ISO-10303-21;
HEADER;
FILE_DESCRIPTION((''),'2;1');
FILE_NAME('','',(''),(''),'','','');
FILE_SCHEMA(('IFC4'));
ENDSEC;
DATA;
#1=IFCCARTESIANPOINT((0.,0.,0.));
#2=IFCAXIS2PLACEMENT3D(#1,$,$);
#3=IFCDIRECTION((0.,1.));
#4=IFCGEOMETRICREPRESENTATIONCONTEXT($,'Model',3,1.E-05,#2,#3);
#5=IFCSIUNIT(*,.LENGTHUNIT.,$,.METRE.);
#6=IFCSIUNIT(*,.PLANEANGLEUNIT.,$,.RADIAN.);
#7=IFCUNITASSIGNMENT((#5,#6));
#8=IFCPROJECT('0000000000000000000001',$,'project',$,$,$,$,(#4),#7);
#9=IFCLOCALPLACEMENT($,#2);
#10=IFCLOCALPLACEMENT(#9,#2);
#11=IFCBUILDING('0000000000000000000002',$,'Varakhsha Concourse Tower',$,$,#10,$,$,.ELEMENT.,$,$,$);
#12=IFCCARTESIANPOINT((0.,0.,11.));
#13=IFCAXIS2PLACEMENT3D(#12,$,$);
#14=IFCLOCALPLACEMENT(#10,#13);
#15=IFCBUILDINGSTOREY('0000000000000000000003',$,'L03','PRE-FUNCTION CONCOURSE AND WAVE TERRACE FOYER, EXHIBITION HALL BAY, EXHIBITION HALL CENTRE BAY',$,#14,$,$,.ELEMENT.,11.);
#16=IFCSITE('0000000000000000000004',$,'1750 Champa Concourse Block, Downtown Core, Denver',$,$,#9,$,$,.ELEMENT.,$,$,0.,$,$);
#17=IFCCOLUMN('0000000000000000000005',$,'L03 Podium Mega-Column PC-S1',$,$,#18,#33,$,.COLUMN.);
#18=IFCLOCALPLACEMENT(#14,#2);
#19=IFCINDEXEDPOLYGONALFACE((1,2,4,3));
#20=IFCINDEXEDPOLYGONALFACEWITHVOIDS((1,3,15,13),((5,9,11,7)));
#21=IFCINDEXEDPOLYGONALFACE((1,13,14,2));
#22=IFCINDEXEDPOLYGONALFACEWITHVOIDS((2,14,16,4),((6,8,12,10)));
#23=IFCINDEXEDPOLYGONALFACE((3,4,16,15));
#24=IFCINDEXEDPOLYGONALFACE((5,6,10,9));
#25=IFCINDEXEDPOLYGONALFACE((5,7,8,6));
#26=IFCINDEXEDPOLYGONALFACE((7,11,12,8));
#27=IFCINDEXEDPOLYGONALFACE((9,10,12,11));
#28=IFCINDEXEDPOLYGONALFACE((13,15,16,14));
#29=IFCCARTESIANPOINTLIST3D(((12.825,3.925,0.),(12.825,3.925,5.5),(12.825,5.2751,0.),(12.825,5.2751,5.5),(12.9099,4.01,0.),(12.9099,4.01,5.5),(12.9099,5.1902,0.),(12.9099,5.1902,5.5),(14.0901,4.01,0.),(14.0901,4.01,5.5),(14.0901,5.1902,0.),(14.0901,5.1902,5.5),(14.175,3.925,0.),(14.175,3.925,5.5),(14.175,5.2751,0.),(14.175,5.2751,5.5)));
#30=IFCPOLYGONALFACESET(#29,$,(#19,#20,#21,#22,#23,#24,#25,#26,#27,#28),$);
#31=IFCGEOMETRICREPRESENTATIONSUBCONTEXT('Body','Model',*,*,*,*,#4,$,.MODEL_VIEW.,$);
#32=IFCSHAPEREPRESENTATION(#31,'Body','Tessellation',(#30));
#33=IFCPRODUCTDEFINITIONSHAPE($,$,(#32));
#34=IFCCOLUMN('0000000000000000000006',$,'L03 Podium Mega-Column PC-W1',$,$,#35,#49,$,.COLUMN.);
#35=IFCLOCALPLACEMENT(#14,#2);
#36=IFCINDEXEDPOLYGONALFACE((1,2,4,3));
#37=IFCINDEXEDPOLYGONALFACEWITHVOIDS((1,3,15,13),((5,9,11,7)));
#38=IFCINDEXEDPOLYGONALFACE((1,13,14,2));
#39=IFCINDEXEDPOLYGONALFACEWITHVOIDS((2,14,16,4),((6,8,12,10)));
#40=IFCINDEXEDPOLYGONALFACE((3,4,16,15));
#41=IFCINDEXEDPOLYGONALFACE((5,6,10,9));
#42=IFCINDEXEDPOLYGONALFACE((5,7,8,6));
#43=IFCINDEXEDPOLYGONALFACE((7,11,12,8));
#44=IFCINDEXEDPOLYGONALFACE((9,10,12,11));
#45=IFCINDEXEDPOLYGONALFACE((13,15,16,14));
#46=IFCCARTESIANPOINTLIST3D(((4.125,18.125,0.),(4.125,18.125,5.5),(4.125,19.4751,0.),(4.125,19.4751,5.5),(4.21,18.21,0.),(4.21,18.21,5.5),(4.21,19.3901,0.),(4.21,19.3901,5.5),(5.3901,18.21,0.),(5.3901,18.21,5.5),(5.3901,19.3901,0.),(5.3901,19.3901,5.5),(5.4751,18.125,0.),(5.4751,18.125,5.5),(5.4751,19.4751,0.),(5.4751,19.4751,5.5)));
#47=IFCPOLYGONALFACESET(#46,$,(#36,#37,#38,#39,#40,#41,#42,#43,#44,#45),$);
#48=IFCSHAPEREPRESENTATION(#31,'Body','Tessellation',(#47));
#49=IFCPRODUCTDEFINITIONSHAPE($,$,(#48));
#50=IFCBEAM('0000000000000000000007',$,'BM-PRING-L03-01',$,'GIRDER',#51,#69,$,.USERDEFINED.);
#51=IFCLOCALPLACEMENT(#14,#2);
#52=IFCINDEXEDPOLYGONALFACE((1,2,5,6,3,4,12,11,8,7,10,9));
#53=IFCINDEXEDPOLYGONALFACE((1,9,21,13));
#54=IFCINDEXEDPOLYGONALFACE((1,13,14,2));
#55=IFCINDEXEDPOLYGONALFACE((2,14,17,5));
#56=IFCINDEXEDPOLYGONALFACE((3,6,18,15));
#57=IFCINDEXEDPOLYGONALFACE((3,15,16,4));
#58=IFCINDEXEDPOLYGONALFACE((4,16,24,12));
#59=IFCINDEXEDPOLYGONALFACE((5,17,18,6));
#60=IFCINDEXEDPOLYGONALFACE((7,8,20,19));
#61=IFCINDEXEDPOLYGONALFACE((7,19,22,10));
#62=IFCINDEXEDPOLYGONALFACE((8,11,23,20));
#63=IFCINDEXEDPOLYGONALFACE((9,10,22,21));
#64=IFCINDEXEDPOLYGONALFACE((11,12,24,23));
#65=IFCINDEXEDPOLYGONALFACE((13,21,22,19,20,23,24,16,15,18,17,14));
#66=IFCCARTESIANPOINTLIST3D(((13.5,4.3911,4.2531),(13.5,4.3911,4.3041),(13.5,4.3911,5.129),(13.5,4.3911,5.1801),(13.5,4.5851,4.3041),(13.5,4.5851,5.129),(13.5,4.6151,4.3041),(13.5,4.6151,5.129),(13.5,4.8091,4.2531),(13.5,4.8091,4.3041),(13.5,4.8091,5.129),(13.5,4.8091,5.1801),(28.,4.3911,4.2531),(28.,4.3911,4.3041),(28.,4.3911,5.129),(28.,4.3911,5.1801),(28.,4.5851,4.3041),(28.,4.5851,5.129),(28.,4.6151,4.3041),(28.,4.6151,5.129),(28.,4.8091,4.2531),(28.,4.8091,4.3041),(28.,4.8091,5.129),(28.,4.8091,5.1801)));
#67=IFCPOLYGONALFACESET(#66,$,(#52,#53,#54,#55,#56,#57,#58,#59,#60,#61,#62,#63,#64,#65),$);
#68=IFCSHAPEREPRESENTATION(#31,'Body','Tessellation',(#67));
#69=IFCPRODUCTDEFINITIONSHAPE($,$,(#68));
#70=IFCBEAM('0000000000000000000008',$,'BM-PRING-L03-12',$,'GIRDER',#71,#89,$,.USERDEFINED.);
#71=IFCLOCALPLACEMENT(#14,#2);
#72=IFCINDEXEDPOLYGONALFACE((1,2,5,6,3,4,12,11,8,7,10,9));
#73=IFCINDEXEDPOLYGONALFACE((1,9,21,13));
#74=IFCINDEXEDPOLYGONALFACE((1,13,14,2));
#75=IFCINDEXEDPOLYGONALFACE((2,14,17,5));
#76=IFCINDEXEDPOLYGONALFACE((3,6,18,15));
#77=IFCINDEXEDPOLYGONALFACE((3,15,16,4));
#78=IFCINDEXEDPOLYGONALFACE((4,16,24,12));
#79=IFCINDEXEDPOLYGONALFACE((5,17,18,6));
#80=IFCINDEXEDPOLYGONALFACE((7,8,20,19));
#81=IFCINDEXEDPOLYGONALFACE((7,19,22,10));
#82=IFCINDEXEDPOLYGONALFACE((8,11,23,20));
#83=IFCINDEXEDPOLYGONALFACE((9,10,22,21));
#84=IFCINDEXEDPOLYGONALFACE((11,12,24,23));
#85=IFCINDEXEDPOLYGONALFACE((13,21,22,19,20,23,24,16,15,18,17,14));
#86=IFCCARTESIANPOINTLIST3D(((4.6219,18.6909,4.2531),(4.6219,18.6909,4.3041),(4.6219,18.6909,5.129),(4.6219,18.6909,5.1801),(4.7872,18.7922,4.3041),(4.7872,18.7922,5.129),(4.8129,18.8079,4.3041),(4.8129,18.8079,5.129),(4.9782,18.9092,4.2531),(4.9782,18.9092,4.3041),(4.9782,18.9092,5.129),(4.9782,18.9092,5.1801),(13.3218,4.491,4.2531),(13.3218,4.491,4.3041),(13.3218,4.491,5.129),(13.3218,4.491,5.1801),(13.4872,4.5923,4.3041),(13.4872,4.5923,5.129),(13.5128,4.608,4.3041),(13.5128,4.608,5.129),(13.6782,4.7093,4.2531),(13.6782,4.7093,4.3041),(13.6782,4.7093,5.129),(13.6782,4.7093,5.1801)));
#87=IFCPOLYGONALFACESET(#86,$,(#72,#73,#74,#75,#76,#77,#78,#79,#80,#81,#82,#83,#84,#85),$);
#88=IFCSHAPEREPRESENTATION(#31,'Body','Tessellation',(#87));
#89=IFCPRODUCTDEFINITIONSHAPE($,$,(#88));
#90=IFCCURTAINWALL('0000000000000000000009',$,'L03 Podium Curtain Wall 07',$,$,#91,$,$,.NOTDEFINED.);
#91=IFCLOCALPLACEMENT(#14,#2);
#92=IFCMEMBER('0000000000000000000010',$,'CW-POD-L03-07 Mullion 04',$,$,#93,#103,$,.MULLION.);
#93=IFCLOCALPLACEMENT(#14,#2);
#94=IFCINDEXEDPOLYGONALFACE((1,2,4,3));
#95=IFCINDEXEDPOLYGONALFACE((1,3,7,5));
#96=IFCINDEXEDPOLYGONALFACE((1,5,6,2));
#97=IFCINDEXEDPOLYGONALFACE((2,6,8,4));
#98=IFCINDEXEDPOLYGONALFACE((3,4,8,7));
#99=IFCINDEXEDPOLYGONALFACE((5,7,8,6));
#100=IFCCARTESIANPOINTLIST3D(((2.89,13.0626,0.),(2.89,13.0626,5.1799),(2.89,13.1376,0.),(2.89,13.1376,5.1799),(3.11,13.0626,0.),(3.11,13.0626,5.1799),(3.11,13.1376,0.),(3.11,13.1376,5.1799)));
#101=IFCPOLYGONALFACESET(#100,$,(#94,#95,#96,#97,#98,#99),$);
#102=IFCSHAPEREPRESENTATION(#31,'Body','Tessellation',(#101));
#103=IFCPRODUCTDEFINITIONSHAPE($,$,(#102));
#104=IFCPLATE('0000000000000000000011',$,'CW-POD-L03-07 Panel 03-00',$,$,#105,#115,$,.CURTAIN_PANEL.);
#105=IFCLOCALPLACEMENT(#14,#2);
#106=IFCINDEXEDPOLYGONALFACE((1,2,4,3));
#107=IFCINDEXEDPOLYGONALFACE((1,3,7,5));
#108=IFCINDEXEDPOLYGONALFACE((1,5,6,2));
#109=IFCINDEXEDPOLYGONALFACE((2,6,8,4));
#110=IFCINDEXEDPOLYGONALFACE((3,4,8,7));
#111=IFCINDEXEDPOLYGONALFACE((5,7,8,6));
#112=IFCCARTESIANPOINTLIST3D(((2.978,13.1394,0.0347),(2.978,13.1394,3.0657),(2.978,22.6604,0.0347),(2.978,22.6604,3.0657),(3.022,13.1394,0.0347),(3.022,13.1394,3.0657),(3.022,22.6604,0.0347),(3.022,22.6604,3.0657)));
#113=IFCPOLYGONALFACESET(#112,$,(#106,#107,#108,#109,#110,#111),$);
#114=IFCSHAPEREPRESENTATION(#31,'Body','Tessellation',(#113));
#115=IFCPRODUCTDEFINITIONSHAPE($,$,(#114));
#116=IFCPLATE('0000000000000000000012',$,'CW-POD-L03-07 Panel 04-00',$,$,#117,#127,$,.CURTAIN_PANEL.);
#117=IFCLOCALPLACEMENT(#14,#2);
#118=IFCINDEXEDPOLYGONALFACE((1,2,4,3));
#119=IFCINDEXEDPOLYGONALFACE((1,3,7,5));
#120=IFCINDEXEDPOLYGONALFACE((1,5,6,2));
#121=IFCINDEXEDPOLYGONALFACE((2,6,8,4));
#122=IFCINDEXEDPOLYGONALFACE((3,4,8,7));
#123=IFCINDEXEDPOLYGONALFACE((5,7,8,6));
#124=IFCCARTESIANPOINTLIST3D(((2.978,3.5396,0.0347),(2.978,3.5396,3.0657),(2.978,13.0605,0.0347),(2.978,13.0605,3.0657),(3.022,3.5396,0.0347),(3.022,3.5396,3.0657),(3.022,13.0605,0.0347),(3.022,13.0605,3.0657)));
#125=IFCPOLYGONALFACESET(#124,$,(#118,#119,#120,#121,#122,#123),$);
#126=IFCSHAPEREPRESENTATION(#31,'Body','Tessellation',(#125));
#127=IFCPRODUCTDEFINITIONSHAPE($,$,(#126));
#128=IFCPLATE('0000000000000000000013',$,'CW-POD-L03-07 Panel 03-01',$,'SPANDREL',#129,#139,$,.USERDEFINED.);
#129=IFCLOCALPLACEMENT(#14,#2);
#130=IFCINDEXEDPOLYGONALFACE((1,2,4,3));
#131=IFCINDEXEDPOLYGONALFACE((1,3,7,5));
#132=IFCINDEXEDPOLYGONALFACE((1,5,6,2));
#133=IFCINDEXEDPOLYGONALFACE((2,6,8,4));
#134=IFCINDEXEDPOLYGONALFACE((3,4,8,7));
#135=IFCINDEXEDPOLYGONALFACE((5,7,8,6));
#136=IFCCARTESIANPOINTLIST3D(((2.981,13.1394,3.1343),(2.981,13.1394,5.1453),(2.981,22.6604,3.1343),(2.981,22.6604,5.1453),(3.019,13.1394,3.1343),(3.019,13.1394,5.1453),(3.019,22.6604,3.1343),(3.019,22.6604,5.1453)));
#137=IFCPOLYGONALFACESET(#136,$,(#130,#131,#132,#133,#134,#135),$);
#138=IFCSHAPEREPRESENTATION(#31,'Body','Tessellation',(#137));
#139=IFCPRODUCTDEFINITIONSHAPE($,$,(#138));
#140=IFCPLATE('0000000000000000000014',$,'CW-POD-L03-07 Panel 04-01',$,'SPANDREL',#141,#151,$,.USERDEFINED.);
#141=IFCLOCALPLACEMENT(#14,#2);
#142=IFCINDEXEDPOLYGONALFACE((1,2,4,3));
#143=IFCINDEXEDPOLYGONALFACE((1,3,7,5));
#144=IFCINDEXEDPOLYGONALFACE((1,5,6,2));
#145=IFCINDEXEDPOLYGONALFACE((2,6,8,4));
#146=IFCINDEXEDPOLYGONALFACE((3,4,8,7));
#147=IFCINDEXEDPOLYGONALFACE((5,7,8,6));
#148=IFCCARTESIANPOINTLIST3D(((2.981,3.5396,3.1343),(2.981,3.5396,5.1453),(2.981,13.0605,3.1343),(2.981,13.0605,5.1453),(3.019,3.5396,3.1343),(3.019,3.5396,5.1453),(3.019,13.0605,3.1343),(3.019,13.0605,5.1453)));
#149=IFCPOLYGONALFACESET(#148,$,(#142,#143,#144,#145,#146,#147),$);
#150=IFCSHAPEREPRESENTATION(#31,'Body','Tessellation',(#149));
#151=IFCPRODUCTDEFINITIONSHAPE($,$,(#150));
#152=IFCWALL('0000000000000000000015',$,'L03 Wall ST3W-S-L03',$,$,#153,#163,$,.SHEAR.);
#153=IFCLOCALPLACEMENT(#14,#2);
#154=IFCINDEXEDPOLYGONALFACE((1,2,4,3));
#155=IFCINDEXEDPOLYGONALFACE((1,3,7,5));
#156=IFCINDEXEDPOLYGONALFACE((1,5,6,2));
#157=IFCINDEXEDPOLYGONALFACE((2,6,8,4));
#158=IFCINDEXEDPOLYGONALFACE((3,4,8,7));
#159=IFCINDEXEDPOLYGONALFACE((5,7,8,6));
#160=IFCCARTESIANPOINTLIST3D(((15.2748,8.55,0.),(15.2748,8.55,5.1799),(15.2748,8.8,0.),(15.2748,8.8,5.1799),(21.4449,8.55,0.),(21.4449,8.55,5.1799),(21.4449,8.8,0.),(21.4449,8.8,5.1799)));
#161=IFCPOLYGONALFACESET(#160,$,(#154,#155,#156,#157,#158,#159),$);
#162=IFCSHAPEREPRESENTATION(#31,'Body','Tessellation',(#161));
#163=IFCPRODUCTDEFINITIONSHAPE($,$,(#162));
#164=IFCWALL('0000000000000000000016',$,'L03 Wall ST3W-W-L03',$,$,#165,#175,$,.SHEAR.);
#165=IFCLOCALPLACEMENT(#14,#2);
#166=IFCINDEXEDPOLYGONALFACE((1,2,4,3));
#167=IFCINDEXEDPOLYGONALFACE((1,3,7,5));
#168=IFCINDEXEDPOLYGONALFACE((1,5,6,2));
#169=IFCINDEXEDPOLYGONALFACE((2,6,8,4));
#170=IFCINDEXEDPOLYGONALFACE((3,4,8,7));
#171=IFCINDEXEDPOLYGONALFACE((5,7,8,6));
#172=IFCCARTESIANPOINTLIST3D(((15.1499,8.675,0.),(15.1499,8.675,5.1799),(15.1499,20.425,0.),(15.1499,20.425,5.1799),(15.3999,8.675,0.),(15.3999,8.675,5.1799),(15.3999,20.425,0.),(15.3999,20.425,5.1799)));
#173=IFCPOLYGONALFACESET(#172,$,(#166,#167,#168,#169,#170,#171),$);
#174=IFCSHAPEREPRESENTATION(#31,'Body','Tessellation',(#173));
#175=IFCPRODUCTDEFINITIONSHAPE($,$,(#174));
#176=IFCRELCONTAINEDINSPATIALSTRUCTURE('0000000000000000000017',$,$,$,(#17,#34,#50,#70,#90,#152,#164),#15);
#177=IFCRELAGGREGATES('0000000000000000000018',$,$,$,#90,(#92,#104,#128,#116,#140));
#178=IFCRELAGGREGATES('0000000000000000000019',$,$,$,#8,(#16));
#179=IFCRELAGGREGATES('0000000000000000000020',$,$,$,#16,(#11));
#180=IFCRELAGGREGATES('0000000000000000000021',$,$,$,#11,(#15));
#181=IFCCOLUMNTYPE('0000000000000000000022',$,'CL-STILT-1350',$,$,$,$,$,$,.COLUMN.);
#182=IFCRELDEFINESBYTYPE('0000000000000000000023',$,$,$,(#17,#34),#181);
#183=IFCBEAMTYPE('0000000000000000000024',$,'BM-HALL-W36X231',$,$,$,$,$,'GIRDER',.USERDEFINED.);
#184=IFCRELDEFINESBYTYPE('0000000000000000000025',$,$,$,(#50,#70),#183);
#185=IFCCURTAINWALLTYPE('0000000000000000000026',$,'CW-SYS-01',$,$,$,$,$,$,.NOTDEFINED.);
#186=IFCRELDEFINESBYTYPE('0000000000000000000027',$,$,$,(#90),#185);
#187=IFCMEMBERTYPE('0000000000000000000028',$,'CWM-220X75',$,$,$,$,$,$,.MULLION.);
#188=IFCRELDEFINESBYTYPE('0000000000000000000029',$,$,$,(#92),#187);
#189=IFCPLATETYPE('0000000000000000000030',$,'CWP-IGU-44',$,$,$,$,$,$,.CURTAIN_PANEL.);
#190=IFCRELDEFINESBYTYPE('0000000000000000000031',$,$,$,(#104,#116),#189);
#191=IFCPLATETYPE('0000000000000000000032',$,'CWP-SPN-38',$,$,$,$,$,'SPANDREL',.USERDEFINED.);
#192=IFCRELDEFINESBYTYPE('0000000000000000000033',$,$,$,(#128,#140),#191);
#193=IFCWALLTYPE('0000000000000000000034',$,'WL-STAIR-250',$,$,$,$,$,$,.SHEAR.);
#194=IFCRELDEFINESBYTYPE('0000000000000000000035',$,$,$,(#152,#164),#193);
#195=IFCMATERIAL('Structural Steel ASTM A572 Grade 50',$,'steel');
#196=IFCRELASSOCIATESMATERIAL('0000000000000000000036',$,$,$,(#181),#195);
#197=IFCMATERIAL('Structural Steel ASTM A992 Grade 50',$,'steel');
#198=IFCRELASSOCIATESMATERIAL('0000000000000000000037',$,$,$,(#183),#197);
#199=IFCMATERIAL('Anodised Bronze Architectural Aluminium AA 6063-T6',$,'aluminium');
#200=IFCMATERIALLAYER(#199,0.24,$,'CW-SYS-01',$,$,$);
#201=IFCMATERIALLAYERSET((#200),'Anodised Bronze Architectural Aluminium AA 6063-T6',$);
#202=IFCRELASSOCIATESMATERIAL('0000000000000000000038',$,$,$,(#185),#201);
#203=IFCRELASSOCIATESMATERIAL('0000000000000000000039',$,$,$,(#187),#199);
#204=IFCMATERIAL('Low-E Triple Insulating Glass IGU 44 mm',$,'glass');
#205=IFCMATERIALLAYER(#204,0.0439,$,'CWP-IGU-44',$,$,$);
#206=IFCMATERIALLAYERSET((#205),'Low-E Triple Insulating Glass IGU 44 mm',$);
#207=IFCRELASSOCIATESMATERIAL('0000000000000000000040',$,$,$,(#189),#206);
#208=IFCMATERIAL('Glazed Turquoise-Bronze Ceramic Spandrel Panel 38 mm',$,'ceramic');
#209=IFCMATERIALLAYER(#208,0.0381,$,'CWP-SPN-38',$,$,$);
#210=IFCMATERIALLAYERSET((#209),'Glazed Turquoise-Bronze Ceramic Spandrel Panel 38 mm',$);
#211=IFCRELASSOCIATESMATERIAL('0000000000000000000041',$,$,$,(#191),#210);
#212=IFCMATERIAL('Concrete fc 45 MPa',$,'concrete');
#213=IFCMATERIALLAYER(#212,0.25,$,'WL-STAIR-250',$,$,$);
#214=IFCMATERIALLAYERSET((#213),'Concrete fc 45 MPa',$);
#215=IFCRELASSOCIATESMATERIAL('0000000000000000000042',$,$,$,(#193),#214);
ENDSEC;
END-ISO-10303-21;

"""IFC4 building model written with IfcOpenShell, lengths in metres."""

from ifc_helpers import new_model, si_unit, direction, frame, frame_2d, origin, origin_2d, place, context, subcontext, project, spatial, rectangle, hollow_rectangle, i_section, extrude, source, transform, mapped, material, layer, layer_set, material_profile, profile_set, type_object, type_shapes, element, aggregate, save


model = new_model("IFC4")

# Units and contexts
model_context = context("Model", 3, precision=1e-05, world=origin(), true_north=direction((0.0, 1.0)))
body_context = subcontext(model_context, "Body", "Model", "MODEL_VIEW")
ifc_project = project(units=[si_unit("LENGTHUNIT", "METRE"), si_unit("PLANEANGLEUNIT", "RADIAN")], contexts=[model_context])

# Site, building, storey
site_placement = place(None, origin())
site = spatial("IfcSite", under=ifc_project, at=site_placement, Name="1750 Champa Concourse Block, Downtown Core, Denver", CompositionType="ELEMENT", RefElevation=0.0)
building_placement = place(site_placement, origin())
building = spatial("IfcBuilding", under=site, at=building_placement, Name="Varakhsha Concourse Tower", CompositionType="ELEMENT")
storey_placement = place(building_placement, frame((0.0, 0.0, 11.0)))
storey = spatial("IfcBuildingStorey", under=building, at=storey_placement, Name="L03", Description="PRE-FUNCTION CONCOURSE AND WAVE TERRACE FOYER, EXHIBITION HALL BAY, EXHIBITION HALL CENTRE BAY", CompositionType="ELEMENT", Elevation=11.0)

# Columns
ifc_material_1 = material(Name="Structural Steel ASTM A572 Grade 50", Category="steel")
ifc_material_profile_1 = material_profile(ifc_material_1, hollow_rectangle(XDim=1.3501, YDim=1.3501, WallThickness=0.085, at=origin_2d()), Name="BOX 1350x1350x85")
ifc_profile_set_1 = profile_set([ifc_material_profile_1], Name="Structural Steel ASTM A572 Grade 50")
column_type = type_object("IfcColumnType", Name="CL-STILT-1350", PredefinedType="COLUMN", material=ifc_profile_set_1)
for number, where, z_axis, x_axis, name in (
    (1, (13.5, 4.6001, 0.0), (0.0, 0.0, 1.0), (1.0, 0.0, 0.0), "L03 Podium Mega-Column PC-S1"),
    (2, (4.8, 18.8, 0.0), (0.0, 0.0, 1.0), (1.0, 0.0, 0.0), "L03 Podium Mega-Column PC-W1"),
):
    element("IfcColumn", number, at=place(storey_placement, frame(where, z_axis=z_axis, x_axis=x_axis)), inside=storey, type_object=column_type, Name=name, PredefinedType="COLUMN", context=body_context, shape_type="SweptSolid", body=[
        extrude(hollow_rectangle(XDim=1.3501, YDim=1.3501, WallThickness=0.085, at=origin_2d()), origin(), (0.0, 0.0, 1.0), 5.5),
    ])

# Beams
ifc_material_2 = material(Name="Structural Steel ASTM A992 Grade 50", Category="steel")
ifc_material_profile_2 = material_profile(ifc_material_2, i_section(OverallWidth=0.418, OverallDepth=0.927, WebThickness=0.03, FlangeThickness=0.051, at=origin_2d()), Name="W36X231")
ifc_profile_set_2 = profile_set([ifc_material_profile_2], Name="Structural Steel ASTM A992 Grade 50")
beam_type = type_object("IfcBeamType", Name="BM-HALL-W36X231", ElementType="GIRDER", PredefinedType="USERDEFINED", material=ifc_profile_set_2)
beam_1_placement = place(storey_placement, frame((13.5, 4.6001, 4.7166), z_axis=(1.0, 0.0, 0.0), x_axis=(0.0, 1.0, 0.0)))
element("IfcBeam", 3, at=beam_1_placement, inside=storey, type_object=beam_type, Name="BM-PRING-L03-01", ObjectType="GIRDER", PredefinedType="USERDEFINED", context=body_context, shape_type="SweptSolid", body=[
    extrude(i_section(OverallWidth=0.418, OverallDepth=0.927, WebThickness=0.03, FlangeThickness=0.051, at=origin_2d()), origin(), (0.0, 0.0, 1.0), 14.5),
])
beam_2_placement = place(storey_placement, frame((4.8, 18.8, 4.7166), z_axis=(0.52242, -0.852688, 0.0), x_axis=(0.852688, 0.52242, 0.0)))
element("IfcBeam", 4, at=beam_2_placement, inside=storey, type_object=beam_type, Name="BM-PRING-L03-12", ObjectType="GIRDER", PredefinedType="USERDEFINED", context=body_context, shape_type="SweptSolid", body=[
    extrude(i_section(OverallWidth=0.418, OverallDepth=0.927, WebThickness=0.03, FlangeThickness=0.051, at=origin_2d()), origin(), (0.0, 0.0, 1.0), 16.6531),
])

# Curtain wall, member, plates
ifc_material_3 = material(Name="Anodised Bronze Architectural Aluminium AA 6063-T6", Category="aluminium")
ifc_layer_1 = layer(ifc_material_3, 0.24, Name="CW-SYS-01")
ifc_layer_set_1 = layer_set([ifc_layer_1], Name="Anodised Bronze Architectural Aluminium AA 6063-T6")
curtain_wall_type = type_object("IfcCurtainWallType", Name="CW-SYS-01", PredefinedType="NOTDEFINED", material=ifc_layer_set_1)
curtain_wall_placement = place(storey_placement, origin())
curtain_wall = element("IfcCurtainWall", 5, at=curtain_wall_placement, inside=storey, type_object=curtain_wall_type, Name="L03 Podium Curtain Wall 07", PredefinedType="NOTDEFINED")
ifc_material_profile_3 = material_profile(ifc_material_3, rectangle(XDim=0.075, YDim=0.22, at=origin_2d()), Name="CWM-220X75")
ifc_profile_set_3 = profile_set([ifc_material_profile_3], Name="Anodised Bronze Architectural Aluminium AA 6063-T6")
member_type = type_object("IfcMemberType", Name="CWM-220X75", PredefinedType="MULLION", material=ifc_profile_set_3)
shared_shape_1 = source(origin(), body_context, "Body", "SweptSolid", [
    extrude(rectangle(XDim=0.075, YDim=0.22, at=origin_2d()), origin(), (0.0, 0.0, 1.0), 5.1799),
])
type_shapes(member_type, [shared_shape_1])
member_placement = place(storey_placement, frame((3.0, 13.1001, 0.0), z_axis=(0.0, 0.0, 1.0), x_axis=(0.0, -1.0, 0.0)))
member = element("IfcMember", 6, at=member_placement, type_object=member_type, Name="CW-POD-L03-07 Mullion 04", PredefinedType="MULLION", context=body_context, shape_type="MappedRepresentation", body=[
    mapped(shared_shape_1, transform((0.0, 0.0, 0.0), scale=1.0)),
])
ifc_material_4 = material(Name="Low-E Triple Insulating Glass IGU 44 mm", Category="glass")
ifc_layer_2 = layer(ifc_material_4, 0.0439, Name="CWP-IGU-44")
ifc_layer_set_2 = layer_set([ifc_layer_2], Name="Low-E Triple Insulating Glass IGU 44 mm")
plate_type_1 = type_object("IfcPlateType", Name="CWP-IGU-44", PredefinedType="CURTAIN_PANEL", material=ifc_layer_set_2)
shared_shape_2 = source(origin(), body_context, "Body", "SweptSolid", [
    extrude(rectangle(XDim=9.521, YDim=0.0439, at=origin_2d()), origin(), (0.0, 0.0, 1.0), 3.031),
])
type_shapes(plate_type_1, [shared_shape_2])
plate_1_placement = place(storey_placement, frame((3.0, 17.8999, 0.0347), z_axis=(0.0, 0.0, 1.0), x_axis=(0.0, -1.0, 0.0)))
plate_1 = element("IfcPlate", 7, at=plate_1_placement, type_object=plate_type_1, Name="CW-POD-L03-07 Panel 03-00", PredefinedType="CURTAIN_PANEL", context=body_context, shape_type="MappedRepresentation", body=[
    mapped(shared_shape_2, transform((0.0, 0.0, 0.0), scale=1.0)),
])
plate_2_placement = place(storey_placement, frame((3.0, 8.3, 0.0347), z_axis=(0.0, 0.0, 1.0), x_axis=(0.0, -1.0, 0.0)))
plate_2 = element("IfcPlate", 8, at=plate_2_placement, type_object=plate_type_1, Name="CW-POD-L03-07 Panel 04-00", PredefinedType="CURTAIN_PANEL", context=body_context, shape_type="MappedRepresentation", body=[
    mapped(shared_shape_2, transform((0.0, 0.0, 0.0), scale=1.0)),
])
ifc_material_5 = material(Name="Glazed Turquoise-Bronze Ceramic Spandrel Panel 38 mm", Category="ceramic")
ifc_layer_3 = layer(ifc_material_5, 0.0381, Name="CWP-SPN-38")
ifc_layer_set_3 = layer_set([ifc_layer_3], Name="Glazed Turquoise-Bronze Ceramic Spandrel Panel 38 mm")
plate_type_2 = type_object("IfcPlateType", Name="CWP-SPN-38", ElementType="SPANDREL", PredefinedType="USERDEFINED", material=ifc_layer_set_3)
shared_shape_3 = source(origin(), body_context, "Body", "SweptSolid", [
    extrude(rectangle(XDim=9.521, YDim=0.0381, at=origin_2d()), origin(), (0.0, 0.0, 1.0), 2.011),
])
type_shapes(plate_type_2, [shared_shape_3])
plate_3_placement = place(storey_placement, frame((3.0, 17.8999, 3.1343), z_axis=(0.0, 0.0, 1.0), x_axis=(0.0, -1.0, 0.0)))
plate_3 = element("IfcPlate", 9, at=plate_3_placement, type_object=plate_type_2, Name="CW-POD-L03-07 Panel 03-01", ObjectType="SPANDREL", PredefinedType="USERDEFINED", context=body_context, shape_type="MappedRepresentation", body=[
    mapped(shared_shape_3, transform((0.0, 0.0, 0.0), scale=1.0)),
])
plate_4_placement = place(storey_placement, frame((3.0, 8.3, 3.1343), z_axis=(0.0, 0.0, 1.0), x_axis=(0.0, -1.0, 0.0)))
plate_4 = element("IfcPlate", 10, at=plate_4_placement, type_object=plate_type_2, Name="CW-POD-L03-07 Panel 04-01", ObjectType="SPANDREL", PredefinedType="USERDEFINED", context=body_context, shape_type="MappedRepresentation", body=[
    mapped(shared_shape_3, transform((0.0, 0.0, 0.0), scale=1.0)),
])
aggregate(curtain_wall, [member, plate_1, plate_3, plate_2, plate_4])

# Walls
ifc_material_6 = material(Name="Concrete fc 45 MPa", Category="concrete")
ifc_layer_4 = layer(ifc_material_6, 0.25, Name="WL-STAIR-250")
ifc_layer_set_4 = layer_set([ifc_layer_4], Name="Concrete fc 45 MPa")
wall_type = type_object("IfcWallType", Name="WL-STAIR-250", PredefinedType="SHEAR", material=ifc_layer_set_4)
wall_1_placement = place(storey_placement, frame((15.2749, 8.675, 0.0), z_axis=(0.0, 0.0, 1.0), x_axis=(1.0, 0.0, 0.0)))
element("IfcWall", 11, at=wall_1_placement, inside=storey, type_object=wall_type, Name="L03 Wall ST3W-S-L03", PredefinedType="SHEAR", context=body_context, shape_type="SweptSolid", body=[
    extrude(rectangle(XDim=6.1702, YDim=0.25, at=frame_2d((3.085, 0.0))), origin(), (0.0, 0.0, 1.0), 5.1799),
])
wall_2_placement = place(storey_placement, frame((15.2749, 8.675, 0.0), z_axis=(0.0, 0.0, 1.0), x_axis=(0.0, 1.0, 0.0)))
element("IfcWall", 12, at=wall_2_placement, inside=storey, type_object=wall_type, Name="L03 Wall ST3W-W-L03", PredefinedType="SHEAR", context=body_context, shape_type="SweptSolid", body=[
    extrude(rectangle(XDim=11.75, YDim=0.25, at=frame_2d((5.875, 0.0))), origin(), (0.0, 0.0, 1.0), 5.1799),
])

save(model, "model.ifc")
